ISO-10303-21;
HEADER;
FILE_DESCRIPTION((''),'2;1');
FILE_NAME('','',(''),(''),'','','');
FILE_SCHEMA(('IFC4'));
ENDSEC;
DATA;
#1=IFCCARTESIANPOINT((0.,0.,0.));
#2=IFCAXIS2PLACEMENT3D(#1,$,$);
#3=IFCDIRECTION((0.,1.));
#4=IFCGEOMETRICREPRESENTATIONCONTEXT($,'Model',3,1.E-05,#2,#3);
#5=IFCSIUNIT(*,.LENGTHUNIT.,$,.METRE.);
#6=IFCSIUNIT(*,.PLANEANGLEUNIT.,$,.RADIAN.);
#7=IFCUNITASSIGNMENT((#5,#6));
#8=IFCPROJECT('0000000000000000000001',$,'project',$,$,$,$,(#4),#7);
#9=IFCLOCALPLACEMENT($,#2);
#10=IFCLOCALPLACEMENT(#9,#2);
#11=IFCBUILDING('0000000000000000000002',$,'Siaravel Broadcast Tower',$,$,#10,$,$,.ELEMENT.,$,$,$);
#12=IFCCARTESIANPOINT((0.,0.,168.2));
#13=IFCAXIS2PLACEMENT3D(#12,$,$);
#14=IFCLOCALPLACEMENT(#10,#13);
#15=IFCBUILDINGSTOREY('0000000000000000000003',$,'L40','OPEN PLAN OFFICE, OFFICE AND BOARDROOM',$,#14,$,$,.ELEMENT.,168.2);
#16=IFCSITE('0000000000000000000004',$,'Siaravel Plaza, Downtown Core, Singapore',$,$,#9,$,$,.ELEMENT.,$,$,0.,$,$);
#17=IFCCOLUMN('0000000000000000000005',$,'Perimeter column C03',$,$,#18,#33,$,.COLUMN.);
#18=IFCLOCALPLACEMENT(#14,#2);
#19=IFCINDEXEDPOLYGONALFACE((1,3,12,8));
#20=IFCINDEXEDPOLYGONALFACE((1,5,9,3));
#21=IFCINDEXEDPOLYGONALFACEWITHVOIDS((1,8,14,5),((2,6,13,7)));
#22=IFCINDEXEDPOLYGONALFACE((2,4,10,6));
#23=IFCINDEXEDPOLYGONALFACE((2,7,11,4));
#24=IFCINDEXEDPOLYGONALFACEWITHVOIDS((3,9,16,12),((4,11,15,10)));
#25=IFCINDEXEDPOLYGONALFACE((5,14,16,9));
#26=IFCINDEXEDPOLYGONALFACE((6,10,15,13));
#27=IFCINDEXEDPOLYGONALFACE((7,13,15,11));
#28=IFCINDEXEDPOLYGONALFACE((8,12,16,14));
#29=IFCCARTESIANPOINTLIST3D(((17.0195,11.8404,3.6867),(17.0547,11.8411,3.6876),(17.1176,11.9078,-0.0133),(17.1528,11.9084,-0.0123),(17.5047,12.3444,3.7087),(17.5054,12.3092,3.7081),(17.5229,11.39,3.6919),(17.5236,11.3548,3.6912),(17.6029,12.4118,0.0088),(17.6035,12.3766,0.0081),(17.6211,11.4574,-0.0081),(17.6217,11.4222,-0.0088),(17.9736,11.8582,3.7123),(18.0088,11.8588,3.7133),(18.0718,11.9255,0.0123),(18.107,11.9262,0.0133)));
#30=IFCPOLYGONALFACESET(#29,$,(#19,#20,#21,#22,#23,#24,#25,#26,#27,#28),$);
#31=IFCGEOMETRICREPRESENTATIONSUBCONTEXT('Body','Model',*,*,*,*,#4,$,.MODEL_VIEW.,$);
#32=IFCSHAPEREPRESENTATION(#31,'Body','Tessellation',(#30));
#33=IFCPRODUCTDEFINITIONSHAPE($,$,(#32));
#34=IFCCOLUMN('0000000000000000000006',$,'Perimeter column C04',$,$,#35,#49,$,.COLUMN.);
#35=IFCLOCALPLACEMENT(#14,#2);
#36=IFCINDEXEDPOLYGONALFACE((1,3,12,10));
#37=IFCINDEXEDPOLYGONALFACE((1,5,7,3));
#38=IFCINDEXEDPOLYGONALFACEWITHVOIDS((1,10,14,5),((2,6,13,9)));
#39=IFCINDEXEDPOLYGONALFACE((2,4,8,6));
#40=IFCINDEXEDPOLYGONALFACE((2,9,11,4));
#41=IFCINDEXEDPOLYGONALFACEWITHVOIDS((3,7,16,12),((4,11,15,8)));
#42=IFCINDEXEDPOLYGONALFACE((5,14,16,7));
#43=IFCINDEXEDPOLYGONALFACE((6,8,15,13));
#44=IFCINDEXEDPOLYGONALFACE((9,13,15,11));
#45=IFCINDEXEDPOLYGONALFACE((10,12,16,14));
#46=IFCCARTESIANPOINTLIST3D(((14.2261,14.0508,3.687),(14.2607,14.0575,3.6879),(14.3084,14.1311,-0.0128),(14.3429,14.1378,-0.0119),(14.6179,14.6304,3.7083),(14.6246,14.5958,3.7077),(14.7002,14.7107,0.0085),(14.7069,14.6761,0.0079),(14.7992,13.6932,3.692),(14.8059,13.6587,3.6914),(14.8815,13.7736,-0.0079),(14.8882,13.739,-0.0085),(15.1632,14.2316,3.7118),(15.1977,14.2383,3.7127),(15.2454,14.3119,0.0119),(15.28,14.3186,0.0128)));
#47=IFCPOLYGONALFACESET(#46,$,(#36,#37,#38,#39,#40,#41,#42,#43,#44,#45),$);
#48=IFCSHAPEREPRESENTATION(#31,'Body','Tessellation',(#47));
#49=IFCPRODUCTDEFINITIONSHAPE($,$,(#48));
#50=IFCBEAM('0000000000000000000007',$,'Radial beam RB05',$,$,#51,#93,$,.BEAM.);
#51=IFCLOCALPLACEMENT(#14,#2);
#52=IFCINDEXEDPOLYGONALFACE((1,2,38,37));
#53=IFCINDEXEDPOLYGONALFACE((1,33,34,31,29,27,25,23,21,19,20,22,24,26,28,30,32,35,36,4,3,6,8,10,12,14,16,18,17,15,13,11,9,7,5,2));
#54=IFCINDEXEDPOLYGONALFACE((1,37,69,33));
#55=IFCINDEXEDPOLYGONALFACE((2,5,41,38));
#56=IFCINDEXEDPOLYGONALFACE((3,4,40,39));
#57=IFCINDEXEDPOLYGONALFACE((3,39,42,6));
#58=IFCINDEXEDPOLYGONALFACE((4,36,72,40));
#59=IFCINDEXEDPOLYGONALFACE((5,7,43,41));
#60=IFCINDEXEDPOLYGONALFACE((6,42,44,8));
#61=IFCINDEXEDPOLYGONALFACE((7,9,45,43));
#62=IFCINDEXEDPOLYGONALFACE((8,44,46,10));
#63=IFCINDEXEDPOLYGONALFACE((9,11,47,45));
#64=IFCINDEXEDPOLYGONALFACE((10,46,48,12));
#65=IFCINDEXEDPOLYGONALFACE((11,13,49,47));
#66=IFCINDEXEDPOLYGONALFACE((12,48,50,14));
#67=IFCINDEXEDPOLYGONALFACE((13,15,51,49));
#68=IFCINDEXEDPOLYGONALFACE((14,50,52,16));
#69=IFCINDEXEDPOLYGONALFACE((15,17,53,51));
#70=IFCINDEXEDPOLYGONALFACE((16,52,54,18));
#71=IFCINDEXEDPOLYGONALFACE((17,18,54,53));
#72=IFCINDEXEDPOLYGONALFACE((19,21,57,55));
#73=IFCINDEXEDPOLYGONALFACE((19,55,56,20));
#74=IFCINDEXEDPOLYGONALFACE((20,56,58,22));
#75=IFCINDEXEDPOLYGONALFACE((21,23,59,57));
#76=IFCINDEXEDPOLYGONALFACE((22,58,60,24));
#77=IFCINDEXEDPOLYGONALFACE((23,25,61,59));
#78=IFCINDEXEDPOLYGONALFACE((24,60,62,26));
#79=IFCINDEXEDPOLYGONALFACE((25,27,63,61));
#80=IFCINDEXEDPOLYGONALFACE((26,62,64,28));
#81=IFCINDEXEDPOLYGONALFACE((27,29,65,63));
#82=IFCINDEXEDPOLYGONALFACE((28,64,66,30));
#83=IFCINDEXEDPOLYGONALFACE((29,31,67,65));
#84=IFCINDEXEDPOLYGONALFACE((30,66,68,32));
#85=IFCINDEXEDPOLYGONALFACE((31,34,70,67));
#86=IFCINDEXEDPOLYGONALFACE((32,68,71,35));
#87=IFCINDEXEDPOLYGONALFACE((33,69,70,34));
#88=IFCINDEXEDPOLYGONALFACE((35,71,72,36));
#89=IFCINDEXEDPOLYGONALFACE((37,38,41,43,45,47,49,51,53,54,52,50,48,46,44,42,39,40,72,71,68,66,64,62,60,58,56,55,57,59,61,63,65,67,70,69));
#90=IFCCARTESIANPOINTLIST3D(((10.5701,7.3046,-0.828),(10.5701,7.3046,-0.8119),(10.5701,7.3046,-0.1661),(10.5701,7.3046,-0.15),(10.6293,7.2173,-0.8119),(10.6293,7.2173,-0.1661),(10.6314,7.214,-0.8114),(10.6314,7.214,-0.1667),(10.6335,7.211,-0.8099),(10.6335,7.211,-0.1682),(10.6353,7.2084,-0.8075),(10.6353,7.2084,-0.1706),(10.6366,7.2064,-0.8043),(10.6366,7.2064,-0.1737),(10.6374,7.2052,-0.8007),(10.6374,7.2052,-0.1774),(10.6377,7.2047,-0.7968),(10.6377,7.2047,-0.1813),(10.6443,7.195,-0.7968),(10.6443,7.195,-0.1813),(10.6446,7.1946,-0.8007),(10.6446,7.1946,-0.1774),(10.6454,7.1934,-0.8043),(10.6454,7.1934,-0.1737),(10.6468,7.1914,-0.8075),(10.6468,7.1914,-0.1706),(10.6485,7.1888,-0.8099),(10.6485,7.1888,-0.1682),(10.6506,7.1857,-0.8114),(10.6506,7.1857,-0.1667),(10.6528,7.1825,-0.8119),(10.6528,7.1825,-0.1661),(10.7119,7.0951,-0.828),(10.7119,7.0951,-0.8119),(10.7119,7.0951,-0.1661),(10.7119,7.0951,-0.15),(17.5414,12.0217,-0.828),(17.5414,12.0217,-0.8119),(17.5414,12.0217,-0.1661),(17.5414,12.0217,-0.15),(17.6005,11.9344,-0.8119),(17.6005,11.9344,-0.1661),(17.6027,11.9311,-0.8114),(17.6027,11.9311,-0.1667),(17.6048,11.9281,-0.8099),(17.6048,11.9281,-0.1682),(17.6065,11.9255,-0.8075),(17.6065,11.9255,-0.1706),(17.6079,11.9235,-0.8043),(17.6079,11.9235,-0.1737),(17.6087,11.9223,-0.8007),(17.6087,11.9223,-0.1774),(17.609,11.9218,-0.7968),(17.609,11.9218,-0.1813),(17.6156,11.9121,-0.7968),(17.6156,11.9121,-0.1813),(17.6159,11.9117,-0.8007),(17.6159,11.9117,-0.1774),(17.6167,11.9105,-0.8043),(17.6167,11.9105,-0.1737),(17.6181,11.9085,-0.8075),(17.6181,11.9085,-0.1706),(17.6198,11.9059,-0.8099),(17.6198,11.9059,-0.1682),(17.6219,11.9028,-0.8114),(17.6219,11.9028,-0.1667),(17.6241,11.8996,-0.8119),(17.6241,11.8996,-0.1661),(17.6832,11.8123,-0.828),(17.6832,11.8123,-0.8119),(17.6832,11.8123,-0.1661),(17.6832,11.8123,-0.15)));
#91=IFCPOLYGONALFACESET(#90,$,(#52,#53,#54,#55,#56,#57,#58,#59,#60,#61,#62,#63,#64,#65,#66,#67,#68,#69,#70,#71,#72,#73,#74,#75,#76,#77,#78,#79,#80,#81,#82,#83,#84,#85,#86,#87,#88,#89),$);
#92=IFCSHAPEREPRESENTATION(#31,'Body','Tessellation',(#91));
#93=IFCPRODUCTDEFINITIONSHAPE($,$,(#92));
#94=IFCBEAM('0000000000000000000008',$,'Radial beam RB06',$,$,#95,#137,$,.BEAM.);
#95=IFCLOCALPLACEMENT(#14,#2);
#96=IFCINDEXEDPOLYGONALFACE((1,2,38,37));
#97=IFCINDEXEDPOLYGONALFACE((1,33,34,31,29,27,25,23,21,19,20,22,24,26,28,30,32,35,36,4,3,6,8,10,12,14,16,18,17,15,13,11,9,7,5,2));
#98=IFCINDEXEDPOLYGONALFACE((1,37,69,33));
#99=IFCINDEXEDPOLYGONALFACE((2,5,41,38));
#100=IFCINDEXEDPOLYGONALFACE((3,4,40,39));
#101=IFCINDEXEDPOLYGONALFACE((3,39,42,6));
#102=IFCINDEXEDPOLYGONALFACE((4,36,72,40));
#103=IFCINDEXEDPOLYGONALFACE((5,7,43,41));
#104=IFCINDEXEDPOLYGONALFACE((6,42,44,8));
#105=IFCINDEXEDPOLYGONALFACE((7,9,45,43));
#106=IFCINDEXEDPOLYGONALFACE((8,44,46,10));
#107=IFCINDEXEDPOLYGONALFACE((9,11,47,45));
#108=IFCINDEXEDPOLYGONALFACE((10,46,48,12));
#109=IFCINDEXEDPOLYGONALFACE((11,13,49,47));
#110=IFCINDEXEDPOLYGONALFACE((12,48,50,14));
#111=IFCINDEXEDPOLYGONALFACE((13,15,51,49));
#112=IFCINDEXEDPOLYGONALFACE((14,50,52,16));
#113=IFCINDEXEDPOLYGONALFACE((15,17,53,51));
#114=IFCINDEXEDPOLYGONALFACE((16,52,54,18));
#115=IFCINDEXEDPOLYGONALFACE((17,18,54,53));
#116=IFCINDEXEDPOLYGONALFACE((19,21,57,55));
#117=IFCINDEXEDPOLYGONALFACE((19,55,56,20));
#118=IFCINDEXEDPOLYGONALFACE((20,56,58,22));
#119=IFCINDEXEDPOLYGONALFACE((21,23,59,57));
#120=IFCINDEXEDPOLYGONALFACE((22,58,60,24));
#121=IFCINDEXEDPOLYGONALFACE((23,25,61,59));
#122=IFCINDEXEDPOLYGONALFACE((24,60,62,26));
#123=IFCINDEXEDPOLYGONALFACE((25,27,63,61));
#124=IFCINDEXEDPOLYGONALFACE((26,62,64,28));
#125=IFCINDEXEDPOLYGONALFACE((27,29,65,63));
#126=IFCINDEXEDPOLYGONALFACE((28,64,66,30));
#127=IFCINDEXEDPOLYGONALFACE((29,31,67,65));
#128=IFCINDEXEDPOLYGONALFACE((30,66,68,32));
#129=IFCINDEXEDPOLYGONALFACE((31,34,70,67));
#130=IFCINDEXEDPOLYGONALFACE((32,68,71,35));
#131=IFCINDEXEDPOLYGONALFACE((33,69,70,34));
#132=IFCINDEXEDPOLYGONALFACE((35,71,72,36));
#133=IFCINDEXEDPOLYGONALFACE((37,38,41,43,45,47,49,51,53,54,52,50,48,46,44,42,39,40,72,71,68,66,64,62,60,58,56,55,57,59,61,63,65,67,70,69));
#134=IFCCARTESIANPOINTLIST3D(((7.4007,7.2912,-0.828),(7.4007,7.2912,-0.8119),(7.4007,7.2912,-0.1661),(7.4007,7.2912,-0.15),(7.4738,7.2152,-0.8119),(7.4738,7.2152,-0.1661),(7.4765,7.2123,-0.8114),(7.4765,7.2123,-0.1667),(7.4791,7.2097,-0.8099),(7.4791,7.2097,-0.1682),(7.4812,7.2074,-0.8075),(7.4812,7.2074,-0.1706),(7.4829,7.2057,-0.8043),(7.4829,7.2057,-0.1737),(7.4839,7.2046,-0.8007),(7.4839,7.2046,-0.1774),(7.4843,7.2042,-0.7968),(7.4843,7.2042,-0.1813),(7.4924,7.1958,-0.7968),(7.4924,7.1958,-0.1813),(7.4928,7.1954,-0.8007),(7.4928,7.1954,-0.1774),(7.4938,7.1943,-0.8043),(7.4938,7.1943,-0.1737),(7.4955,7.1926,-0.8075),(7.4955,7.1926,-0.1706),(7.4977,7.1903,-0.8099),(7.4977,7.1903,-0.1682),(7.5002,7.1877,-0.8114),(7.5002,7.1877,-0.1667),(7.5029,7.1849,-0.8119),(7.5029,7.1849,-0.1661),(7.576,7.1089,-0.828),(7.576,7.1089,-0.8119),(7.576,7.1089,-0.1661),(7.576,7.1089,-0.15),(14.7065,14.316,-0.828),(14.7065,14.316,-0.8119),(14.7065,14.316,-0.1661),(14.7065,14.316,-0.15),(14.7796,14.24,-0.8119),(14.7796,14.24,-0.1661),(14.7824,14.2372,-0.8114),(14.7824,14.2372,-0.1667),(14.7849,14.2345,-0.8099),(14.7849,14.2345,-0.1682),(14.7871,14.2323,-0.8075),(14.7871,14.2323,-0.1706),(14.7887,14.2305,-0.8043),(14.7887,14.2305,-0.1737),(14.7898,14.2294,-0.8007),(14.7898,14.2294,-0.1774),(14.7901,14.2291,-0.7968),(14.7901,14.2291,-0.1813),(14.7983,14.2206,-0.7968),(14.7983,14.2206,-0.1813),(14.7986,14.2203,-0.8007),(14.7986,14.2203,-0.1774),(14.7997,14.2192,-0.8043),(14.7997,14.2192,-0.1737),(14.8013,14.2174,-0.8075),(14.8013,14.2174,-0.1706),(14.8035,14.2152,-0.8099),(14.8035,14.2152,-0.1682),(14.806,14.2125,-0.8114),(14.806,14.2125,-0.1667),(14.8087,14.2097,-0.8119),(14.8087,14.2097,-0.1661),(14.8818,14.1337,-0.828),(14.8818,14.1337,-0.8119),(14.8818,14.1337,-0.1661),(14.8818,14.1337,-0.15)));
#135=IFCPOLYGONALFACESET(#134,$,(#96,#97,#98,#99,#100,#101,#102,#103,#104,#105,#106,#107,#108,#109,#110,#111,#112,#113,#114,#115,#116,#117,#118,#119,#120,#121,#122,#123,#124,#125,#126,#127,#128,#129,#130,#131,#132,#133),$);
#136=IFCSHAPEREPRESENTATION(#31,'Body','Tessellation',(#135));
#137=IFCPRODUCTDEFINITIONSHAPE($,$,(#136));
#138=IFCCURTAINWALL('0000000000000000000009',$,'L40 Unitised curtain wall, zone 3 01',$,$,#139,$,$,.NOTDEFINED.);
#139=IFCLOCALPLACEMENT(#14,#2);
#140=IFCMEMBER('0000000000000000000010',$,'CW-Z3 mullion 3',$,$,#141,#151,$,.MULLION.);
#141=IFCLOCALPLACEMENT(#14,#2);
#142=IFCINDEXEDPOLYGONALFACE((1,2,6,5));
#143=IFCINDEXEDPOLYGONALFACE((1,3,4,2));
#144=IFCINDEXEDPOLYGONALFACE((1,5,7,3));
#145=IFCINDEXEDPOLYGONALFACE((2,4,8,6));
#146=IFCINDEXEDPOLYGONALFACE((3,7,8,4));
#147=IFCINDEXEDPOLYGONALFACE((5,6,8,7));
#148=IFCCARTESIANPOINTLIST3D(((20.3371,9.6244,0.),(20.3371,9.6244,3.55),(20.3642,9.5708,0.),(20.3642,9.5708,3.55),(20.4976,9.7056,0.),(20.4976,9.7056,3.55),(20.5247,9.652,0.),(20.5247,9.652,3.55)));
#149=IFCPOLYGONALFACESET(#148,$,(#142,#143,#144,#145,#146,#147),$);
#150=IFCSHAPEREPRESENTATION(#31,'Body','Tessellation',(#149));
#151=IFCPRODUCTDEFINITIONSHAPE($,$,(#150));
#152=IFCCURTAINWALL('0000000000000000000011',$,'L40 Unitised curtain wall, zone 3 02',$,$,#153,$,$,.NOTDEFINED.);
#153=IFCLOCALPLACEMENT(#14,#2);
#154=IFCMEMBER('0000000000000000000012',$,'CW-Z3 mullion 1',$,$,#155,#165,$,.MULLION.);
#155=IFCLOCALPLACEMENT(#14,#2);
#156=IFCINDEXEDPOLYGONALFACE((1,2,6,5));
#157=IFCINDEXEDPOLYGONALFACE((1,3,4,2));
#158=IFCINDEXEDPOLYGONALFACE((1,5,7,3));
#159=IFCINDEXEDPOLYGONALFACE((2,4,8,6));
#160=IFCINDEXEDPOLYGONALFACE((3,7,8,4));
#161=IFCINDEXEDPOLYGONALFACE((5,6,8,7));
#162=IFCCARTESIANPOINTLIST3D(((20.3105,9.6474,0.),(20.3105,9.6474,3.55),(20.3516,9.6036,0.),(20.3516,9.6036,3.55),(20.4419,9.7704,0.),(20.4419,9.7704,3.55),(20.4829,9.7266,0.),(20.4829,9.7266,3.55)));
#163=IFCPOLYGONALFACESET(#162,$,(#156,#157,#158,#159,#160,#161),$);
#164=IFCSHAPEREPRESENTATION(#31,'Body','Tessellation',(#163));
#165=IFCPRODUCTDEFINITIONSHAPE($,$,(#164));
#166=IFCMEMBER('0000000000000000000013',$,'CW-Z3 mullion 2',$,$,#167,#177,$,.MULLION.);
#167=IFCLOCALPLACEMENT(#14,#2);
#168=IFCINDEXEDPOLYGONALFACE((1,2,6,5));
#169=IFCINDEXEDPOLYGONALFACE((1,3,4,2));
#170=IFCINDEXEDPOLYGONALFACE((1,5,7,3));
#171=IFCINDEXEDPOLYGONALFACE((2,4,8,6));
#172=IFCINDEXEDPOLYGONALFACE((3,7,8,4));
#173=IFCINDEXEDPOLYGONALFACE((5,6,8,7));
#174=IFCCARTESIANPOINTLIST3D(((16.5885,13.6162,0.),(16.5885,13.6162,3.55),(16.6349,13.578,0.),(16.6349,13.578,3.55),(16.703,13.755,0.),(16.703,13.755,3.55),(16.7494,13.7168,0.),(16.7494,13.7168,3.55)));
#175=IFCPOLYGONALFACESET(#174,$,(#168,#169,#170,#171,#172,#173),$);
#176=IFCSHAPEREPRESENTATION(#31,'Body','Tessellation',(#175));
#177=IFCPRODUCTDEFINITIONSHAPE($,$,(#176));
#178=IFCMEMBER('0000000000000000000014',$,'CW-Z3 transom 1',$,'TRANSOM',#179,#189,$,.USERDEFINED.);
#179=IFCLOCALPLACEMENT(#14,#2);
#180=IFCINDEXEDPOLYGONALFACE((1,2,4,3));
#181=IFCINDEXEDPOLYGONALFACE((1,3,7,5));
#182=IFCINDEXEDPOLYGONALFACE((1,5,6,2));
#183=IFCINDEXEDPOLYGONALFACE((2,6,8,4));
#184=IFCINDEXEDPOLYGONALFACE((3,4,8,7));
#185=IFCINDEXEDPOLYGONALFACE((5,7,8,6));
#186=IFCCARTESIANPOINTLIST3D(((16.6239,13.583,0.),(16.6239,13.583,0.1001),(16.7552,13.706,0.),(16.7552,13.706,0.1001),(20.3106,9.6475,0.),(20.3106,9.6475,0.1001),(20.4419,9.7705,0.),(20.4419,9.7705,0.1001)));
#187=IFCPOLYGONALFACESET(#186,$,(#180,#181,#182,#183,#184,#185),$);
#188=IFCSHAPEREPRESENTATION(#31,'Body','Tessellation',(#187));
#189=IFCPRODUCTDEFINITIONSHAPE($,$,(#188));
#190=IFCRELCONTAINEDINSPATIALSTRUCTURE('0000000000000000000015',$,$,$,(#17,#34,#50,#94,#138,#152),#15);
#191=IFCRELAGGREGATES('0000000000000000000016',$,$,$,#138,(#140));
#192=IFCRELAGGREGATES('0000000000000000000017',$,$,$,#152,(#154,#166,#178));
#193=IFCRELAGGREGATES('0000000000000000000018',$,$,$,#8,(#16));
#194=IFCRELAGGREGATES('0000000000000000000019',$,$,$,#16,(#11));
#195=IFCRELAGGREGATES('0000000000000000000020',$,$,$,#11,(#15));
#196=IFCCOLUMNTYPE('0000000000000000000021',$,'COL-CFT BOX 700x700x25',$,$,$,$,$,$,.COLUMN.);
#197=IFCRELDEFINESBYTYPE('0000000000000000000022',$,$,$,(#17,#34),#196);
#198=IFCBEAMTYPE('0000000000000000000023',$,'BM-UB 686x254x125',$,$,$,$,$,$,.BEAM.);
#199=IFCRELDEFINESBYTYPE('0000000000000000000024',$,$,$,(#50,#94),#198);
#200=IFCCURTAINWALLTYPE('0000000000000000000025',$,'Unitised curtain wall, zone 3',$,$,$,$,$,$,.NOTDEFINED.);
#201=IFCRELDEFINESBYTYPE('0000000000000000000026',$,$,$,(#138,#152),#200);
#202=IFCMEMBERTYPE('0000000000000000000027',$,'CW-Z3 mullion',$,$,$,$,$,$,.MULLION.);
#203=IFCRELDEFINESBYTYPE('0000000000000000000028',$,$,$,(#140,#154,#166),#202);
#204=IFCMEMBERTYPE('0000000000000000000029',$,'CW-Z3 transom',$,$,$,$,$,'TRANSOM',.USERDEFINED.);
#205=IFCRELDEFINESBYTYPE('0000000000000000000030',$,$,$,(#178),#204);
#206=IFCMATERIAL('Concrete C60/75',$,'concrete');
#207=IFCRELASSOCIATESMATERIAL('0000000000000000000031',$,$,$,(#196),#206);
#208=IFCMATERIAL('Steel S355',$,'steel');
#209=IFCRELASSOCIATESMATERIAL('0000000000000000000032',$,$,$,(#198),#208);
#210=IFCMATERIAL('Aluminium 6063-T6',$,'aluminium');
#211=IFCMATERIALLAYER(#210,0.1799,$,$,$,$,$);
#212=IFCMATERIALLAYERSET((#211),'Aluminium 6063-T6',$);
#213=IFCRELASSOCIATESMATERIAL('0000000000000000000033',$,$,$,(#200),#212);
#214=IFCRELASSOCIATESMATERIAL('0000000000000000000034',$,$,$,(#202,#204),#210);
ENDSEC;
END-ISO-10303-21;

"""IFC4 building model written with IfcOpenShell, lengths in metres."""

from ifc_helpers import new_model, si_unit, direction, frame, origin, origin_2d, place, context, subcontext, project, spatial, rectangle, hollow_rectangle, i_section, extrude, material, layer, layer_set, material_profile, profile_set, type_object, element, aggregate, save


model = new_model("IFC4")

# Units and contexts
model_context = context("Model", 3, precision=1e-05, world=origin(), true_north=direction((0.0, 1.0)))
body_context = subcontext(model_context, "Body", "Model", "MODEL_VIEW")
ifc_project = project(units=[si_unit("LENGTHUNIT", "METRE"), si_unit("PLANEANGLEUNIT", "RADIAN")], contexts=[model_context])

# Site, building, storey
site_placement = place(None, origin())
site = spatial("IfcSite", under=ifc_project, at=site_placement, Name="Siaravel Plaza, Downtown Core, Singapore", CompositionType="ELEMENT", RefElevation=0.0)
building_placement = place(site_placement, origin())
building = spatial("IfcBuilding", under=site, at=building_placement, Name="Siaravel Broadcast Tower", CompositionType="ELEMENT")
storey_placement = place(building_placement, frame((0.0, 0.0, 168.2)))
storey = spatial("IfcBuildingStorey", under=building, at=storey_placement, Name="L40", Description="OPEN PLAN OFFICE, OFFICE AND BOARDROOM", CompositionType="ELEMENT", Elevation=168.2)

# Columns
ifc_material_1 = material(Name="Concrete C60/75", Category="concrete")
ifc_material_profile_1 = material_profile(ifc_material_1, hollow_rectangle(XDim=0.7, YDim=0.7, WallThickness=0.0249, at=origin_2d()))
ifc_profile_set_1 = profile_set([ifc_material_profile_1], Name="Concrete C60/75")
column_type = type_object("IfcColumnType", Name="COL-CFT BOX 700x700x25", PredefinedType="COLUMN", material=ifc_profile_set_1)
column_1_placement = place(storey_placement, frame((17.6123, 11.917, 0.0), z_axis=(-0.026512, -0.018202, 0.999483), x_axis=(0.720214, -0.693722, 0.00647)))
element("IfcColumn", 1, at=column_1_placement, inside=storey, type_object=column_type, Name="Perimeter column C03", PredefinedType="COLUMN", context=body_context, shape_type="SweptSolid", body=[
    extrude(hollow_rectangle(XDim=0.7, YDim=0.7, WallThickness=0.0249, at=origin_2d()), origin(), (0.0, 0.0, 1.0), 3.7019),
])
column_2_placement = place(storey_placement, frame((14.7942, 14.2249, 0.0), z_axis=(-0.022226, -0.021699, 0.999517), x_axis=(0.828331, -0.560204, 0.006258)))
element("IfcColumn", 2, at=column_2_placement, inside=storey, type_object=column_type, Name="Perimeter column C04", PredefinedType="COLUMN", context=body_context, shape_type="SweptSolid", body=[
    extrude(hollow_rectangle(XDim=0.7, YDim=0.7, WallThickness=0.0249, at=origin_2d()), origin(), (0.0, 0.0, 1.0), 3.7017),
])

# Beams
ifc_material_2 = material(Name="Steel S355", Category="steel")
ifc_material_profile_2 = material_profile(ifc_material_2, i_section(OverallWidth=0.2529, OverallDepth=0.678, WebThickness=0.0117, FlangeThickness=0.0161, FilletRadius=0.0151, at=origin_2d()))
ifc_profile_set_2 = profile_set([ifc_material_profile_2], Name="Steel S355")
beam_type = type_object("IfcBeamType", Name="BM-UB 686x254x125", PredefinedType="BEAM", material=ifc_profile_set_2)
beam_1_placement = place(storey_placement, frame((17.6123, 11.917, -0.489), z_axis=(-0.828215, -0.56041, 0.0), x_axis=(0.56041, -0.828215, 0.0)))
element("IfcBeam", 3, at=beam_1_placement, inside=storey, type_object=beam_type, Name="Radial beam RB05", PredefinedType="BEAM", context=body_context, shape_type="SweptSolid", body=[
    extrude(i_section(OverallWidth=0.2529, OverallDepth=0.678, WebThickness=0.0117, FlangeThickness=0.0161, FilletRadius=0.0151, at=origin_2d()), origin(), (0.0, 0.0, 1.0), 8.4172),
])
beam_2_placement = place(storey_placement, frame((14.7942, 14.2249, -0.489), z_axis=(-0.720834, -0.693108, 0.0), x_axis=(0.693108, -0.720834, 0.0)))
element("IfcBeam", 4, at=beam_2_placement, inside=storey, type_object=beam_type, Name="Radial beam RB06", PredefinedType="BEAM", context=body_context, shape_type="SweptSolid", body=[
    extrude(i_section(OverallWidth=0.2529, OverallDepth=0.678, WebThickness=0.0117, FlangeThickness=0.0161, FilletRadius=0.0151, at=origin_2d()), origin(), (0.0, 0.0, 1.0), 10.1353),
])

# Curtain wall, member
ifc_material_3 = material(Name="Aluminium 6063-T6", Category="aluminium")
ifc_layer_1 = layer(ifc_material_3, 0.1799)
ifc_layer_set_1 = layer_set([ifc_layer_1], Name="Aluminium 6063-T6")
curtain_wall_type = type_object("IfcCurtainWallType", Name="Unitised curtain wall, zone 3", PredefinedType="NOTDEFINED", material=ifc_layer_set_1)
curtain_wall_1_placement = place(storey_placement, origin())
curtain_wall_1 = element("IfcCurtainWall", 5, at=curtain_wall_1_placement, inside=storey, type_object=curtain_wall_type, Name="L40 Unitised curtain wall, zone 3 01", PredefinedType="NOTDEFINED")
ifc_material_profile_3 = material_profile(ifc_material_3, rectangle(XDim=0.1799, YDim=0.0601, at=origin_2d()))
ifc_profile_set_3 = profile_set([ifc_material_profile_3], Name="Aluminium 6063-T6")
member_type_1 = type_object("IfcMemberType", Name="CW-Z3 mullion", PredefinedType="MULLION", material=ifc_profile_set_3)
member_1_placement = place(storey_placement, frame((20.4309, 9.6382, 0.0), z_axis=(0.0, 0.0, 1.0), x_axis=(-0.892392, -0.451261, 0.0)))
member_1 = element("IfcMember", 6, at=member_1_placement, type_object=member_type_1, Name="CW-Z3 mullion 3", PredefinedType="MULLION", context=body_context, shape_type="SweptSolid", body=[
    extrude(rectangle(XDim=0.1799, YDim=0.0601, at=origin_2d()), origin(), (0.0, 0.0, 1.0), 3.55),
])
aggregate(curtain_wall_1, [member_1])

# Curtain wall, members
curtain_wall_2_placement = place(storey_placement, origin())
curtain_wall_2 = element("IfcCurtainWall", 7, at=curtain_wall_2_placement, inside=storey, type_object=curtain_wall_type, Name="L40 Unitised curtain wall, zone 3 02", PredefinedType="NOTDEFINED")
member_2_placement = place(storey_placement, frame((20.3967, 9.687, 0.0), z_axis=(0.0, 0.0, 1.0), x_axis=(-0.729805, -0.683655, 0.0)))
member_2 = element("IfcMember", 8, at=member_2_placement, type_object=member_type_1, Name="CW-Z3 mullion 1", PredefinedType="MULLION", context=body_context, shape_type="SweptSolid", body=[
    extrude(rectangle(XDim=0.1799, YDim=0.0601, at=origin_2d()), origin(), (0.0, 0.0, 1.0), 3.55),
])
member_3_placement = place(storey_placement, frame((16.6689, 13.6665, 0.0), z_axis=(0.0, 0.0, 1.0), x_axis=(-0.636218, -0.771509, 0.0)))
member_3 = element("IfcMember", 9, at=member_3_placement, type_object=member_type_1, Name="CW-Z3 mullion 2", PredefinedType="MULLION", context=body_context, shape_type="SweptSolid", body=[
    extrude(rectangle(XDim=0.1799, YDim=0.0601, at=origin_2d()), origin(), (0.0, 0.0, 1.0), 3.55),
])
ifc_material_profile_4 = material_profile(ifc_material_3, rectangle(XDim=0.1799, YDim=0.1001, at=origin_2d()))
ifc_profile_set_4 = profile_set([ifc_material_profile_4], Name="Aluminium 6063-T6")
member_type_2 = type_object("IfcMemberType", Name="CW-Z3 transom", ElementType="TRANSOM", PredefinedType="USERDEFINED", material=ifc_profile_set_4)
member_4_placement = place(storey_placement, frame((20.3762, 9.709, 0.05), z_axis=(-0.683664, 0.729797, 0.0), x_axis=(-0.729797, -0.683664, 0.0)))
member_4 = element("IfcMember", 10, at=member_4_placement, type_object=member_type_2, Name="CW-Z3 transom 1", ObjectType="TRANSOM", PredefinedType="USERDEFINED", context=body_context, shape_type="SweptSolid", body=[
    extrude(rectangle(XDim=0.1799, YDim=0.1001, at=origin_2d()), origin(), (0.0, 0.0, 1.0), 5.3926),
])

aggregate(curtain_wall_2, [member_2, member_3, member_4])

save(model, "model.ifc")
